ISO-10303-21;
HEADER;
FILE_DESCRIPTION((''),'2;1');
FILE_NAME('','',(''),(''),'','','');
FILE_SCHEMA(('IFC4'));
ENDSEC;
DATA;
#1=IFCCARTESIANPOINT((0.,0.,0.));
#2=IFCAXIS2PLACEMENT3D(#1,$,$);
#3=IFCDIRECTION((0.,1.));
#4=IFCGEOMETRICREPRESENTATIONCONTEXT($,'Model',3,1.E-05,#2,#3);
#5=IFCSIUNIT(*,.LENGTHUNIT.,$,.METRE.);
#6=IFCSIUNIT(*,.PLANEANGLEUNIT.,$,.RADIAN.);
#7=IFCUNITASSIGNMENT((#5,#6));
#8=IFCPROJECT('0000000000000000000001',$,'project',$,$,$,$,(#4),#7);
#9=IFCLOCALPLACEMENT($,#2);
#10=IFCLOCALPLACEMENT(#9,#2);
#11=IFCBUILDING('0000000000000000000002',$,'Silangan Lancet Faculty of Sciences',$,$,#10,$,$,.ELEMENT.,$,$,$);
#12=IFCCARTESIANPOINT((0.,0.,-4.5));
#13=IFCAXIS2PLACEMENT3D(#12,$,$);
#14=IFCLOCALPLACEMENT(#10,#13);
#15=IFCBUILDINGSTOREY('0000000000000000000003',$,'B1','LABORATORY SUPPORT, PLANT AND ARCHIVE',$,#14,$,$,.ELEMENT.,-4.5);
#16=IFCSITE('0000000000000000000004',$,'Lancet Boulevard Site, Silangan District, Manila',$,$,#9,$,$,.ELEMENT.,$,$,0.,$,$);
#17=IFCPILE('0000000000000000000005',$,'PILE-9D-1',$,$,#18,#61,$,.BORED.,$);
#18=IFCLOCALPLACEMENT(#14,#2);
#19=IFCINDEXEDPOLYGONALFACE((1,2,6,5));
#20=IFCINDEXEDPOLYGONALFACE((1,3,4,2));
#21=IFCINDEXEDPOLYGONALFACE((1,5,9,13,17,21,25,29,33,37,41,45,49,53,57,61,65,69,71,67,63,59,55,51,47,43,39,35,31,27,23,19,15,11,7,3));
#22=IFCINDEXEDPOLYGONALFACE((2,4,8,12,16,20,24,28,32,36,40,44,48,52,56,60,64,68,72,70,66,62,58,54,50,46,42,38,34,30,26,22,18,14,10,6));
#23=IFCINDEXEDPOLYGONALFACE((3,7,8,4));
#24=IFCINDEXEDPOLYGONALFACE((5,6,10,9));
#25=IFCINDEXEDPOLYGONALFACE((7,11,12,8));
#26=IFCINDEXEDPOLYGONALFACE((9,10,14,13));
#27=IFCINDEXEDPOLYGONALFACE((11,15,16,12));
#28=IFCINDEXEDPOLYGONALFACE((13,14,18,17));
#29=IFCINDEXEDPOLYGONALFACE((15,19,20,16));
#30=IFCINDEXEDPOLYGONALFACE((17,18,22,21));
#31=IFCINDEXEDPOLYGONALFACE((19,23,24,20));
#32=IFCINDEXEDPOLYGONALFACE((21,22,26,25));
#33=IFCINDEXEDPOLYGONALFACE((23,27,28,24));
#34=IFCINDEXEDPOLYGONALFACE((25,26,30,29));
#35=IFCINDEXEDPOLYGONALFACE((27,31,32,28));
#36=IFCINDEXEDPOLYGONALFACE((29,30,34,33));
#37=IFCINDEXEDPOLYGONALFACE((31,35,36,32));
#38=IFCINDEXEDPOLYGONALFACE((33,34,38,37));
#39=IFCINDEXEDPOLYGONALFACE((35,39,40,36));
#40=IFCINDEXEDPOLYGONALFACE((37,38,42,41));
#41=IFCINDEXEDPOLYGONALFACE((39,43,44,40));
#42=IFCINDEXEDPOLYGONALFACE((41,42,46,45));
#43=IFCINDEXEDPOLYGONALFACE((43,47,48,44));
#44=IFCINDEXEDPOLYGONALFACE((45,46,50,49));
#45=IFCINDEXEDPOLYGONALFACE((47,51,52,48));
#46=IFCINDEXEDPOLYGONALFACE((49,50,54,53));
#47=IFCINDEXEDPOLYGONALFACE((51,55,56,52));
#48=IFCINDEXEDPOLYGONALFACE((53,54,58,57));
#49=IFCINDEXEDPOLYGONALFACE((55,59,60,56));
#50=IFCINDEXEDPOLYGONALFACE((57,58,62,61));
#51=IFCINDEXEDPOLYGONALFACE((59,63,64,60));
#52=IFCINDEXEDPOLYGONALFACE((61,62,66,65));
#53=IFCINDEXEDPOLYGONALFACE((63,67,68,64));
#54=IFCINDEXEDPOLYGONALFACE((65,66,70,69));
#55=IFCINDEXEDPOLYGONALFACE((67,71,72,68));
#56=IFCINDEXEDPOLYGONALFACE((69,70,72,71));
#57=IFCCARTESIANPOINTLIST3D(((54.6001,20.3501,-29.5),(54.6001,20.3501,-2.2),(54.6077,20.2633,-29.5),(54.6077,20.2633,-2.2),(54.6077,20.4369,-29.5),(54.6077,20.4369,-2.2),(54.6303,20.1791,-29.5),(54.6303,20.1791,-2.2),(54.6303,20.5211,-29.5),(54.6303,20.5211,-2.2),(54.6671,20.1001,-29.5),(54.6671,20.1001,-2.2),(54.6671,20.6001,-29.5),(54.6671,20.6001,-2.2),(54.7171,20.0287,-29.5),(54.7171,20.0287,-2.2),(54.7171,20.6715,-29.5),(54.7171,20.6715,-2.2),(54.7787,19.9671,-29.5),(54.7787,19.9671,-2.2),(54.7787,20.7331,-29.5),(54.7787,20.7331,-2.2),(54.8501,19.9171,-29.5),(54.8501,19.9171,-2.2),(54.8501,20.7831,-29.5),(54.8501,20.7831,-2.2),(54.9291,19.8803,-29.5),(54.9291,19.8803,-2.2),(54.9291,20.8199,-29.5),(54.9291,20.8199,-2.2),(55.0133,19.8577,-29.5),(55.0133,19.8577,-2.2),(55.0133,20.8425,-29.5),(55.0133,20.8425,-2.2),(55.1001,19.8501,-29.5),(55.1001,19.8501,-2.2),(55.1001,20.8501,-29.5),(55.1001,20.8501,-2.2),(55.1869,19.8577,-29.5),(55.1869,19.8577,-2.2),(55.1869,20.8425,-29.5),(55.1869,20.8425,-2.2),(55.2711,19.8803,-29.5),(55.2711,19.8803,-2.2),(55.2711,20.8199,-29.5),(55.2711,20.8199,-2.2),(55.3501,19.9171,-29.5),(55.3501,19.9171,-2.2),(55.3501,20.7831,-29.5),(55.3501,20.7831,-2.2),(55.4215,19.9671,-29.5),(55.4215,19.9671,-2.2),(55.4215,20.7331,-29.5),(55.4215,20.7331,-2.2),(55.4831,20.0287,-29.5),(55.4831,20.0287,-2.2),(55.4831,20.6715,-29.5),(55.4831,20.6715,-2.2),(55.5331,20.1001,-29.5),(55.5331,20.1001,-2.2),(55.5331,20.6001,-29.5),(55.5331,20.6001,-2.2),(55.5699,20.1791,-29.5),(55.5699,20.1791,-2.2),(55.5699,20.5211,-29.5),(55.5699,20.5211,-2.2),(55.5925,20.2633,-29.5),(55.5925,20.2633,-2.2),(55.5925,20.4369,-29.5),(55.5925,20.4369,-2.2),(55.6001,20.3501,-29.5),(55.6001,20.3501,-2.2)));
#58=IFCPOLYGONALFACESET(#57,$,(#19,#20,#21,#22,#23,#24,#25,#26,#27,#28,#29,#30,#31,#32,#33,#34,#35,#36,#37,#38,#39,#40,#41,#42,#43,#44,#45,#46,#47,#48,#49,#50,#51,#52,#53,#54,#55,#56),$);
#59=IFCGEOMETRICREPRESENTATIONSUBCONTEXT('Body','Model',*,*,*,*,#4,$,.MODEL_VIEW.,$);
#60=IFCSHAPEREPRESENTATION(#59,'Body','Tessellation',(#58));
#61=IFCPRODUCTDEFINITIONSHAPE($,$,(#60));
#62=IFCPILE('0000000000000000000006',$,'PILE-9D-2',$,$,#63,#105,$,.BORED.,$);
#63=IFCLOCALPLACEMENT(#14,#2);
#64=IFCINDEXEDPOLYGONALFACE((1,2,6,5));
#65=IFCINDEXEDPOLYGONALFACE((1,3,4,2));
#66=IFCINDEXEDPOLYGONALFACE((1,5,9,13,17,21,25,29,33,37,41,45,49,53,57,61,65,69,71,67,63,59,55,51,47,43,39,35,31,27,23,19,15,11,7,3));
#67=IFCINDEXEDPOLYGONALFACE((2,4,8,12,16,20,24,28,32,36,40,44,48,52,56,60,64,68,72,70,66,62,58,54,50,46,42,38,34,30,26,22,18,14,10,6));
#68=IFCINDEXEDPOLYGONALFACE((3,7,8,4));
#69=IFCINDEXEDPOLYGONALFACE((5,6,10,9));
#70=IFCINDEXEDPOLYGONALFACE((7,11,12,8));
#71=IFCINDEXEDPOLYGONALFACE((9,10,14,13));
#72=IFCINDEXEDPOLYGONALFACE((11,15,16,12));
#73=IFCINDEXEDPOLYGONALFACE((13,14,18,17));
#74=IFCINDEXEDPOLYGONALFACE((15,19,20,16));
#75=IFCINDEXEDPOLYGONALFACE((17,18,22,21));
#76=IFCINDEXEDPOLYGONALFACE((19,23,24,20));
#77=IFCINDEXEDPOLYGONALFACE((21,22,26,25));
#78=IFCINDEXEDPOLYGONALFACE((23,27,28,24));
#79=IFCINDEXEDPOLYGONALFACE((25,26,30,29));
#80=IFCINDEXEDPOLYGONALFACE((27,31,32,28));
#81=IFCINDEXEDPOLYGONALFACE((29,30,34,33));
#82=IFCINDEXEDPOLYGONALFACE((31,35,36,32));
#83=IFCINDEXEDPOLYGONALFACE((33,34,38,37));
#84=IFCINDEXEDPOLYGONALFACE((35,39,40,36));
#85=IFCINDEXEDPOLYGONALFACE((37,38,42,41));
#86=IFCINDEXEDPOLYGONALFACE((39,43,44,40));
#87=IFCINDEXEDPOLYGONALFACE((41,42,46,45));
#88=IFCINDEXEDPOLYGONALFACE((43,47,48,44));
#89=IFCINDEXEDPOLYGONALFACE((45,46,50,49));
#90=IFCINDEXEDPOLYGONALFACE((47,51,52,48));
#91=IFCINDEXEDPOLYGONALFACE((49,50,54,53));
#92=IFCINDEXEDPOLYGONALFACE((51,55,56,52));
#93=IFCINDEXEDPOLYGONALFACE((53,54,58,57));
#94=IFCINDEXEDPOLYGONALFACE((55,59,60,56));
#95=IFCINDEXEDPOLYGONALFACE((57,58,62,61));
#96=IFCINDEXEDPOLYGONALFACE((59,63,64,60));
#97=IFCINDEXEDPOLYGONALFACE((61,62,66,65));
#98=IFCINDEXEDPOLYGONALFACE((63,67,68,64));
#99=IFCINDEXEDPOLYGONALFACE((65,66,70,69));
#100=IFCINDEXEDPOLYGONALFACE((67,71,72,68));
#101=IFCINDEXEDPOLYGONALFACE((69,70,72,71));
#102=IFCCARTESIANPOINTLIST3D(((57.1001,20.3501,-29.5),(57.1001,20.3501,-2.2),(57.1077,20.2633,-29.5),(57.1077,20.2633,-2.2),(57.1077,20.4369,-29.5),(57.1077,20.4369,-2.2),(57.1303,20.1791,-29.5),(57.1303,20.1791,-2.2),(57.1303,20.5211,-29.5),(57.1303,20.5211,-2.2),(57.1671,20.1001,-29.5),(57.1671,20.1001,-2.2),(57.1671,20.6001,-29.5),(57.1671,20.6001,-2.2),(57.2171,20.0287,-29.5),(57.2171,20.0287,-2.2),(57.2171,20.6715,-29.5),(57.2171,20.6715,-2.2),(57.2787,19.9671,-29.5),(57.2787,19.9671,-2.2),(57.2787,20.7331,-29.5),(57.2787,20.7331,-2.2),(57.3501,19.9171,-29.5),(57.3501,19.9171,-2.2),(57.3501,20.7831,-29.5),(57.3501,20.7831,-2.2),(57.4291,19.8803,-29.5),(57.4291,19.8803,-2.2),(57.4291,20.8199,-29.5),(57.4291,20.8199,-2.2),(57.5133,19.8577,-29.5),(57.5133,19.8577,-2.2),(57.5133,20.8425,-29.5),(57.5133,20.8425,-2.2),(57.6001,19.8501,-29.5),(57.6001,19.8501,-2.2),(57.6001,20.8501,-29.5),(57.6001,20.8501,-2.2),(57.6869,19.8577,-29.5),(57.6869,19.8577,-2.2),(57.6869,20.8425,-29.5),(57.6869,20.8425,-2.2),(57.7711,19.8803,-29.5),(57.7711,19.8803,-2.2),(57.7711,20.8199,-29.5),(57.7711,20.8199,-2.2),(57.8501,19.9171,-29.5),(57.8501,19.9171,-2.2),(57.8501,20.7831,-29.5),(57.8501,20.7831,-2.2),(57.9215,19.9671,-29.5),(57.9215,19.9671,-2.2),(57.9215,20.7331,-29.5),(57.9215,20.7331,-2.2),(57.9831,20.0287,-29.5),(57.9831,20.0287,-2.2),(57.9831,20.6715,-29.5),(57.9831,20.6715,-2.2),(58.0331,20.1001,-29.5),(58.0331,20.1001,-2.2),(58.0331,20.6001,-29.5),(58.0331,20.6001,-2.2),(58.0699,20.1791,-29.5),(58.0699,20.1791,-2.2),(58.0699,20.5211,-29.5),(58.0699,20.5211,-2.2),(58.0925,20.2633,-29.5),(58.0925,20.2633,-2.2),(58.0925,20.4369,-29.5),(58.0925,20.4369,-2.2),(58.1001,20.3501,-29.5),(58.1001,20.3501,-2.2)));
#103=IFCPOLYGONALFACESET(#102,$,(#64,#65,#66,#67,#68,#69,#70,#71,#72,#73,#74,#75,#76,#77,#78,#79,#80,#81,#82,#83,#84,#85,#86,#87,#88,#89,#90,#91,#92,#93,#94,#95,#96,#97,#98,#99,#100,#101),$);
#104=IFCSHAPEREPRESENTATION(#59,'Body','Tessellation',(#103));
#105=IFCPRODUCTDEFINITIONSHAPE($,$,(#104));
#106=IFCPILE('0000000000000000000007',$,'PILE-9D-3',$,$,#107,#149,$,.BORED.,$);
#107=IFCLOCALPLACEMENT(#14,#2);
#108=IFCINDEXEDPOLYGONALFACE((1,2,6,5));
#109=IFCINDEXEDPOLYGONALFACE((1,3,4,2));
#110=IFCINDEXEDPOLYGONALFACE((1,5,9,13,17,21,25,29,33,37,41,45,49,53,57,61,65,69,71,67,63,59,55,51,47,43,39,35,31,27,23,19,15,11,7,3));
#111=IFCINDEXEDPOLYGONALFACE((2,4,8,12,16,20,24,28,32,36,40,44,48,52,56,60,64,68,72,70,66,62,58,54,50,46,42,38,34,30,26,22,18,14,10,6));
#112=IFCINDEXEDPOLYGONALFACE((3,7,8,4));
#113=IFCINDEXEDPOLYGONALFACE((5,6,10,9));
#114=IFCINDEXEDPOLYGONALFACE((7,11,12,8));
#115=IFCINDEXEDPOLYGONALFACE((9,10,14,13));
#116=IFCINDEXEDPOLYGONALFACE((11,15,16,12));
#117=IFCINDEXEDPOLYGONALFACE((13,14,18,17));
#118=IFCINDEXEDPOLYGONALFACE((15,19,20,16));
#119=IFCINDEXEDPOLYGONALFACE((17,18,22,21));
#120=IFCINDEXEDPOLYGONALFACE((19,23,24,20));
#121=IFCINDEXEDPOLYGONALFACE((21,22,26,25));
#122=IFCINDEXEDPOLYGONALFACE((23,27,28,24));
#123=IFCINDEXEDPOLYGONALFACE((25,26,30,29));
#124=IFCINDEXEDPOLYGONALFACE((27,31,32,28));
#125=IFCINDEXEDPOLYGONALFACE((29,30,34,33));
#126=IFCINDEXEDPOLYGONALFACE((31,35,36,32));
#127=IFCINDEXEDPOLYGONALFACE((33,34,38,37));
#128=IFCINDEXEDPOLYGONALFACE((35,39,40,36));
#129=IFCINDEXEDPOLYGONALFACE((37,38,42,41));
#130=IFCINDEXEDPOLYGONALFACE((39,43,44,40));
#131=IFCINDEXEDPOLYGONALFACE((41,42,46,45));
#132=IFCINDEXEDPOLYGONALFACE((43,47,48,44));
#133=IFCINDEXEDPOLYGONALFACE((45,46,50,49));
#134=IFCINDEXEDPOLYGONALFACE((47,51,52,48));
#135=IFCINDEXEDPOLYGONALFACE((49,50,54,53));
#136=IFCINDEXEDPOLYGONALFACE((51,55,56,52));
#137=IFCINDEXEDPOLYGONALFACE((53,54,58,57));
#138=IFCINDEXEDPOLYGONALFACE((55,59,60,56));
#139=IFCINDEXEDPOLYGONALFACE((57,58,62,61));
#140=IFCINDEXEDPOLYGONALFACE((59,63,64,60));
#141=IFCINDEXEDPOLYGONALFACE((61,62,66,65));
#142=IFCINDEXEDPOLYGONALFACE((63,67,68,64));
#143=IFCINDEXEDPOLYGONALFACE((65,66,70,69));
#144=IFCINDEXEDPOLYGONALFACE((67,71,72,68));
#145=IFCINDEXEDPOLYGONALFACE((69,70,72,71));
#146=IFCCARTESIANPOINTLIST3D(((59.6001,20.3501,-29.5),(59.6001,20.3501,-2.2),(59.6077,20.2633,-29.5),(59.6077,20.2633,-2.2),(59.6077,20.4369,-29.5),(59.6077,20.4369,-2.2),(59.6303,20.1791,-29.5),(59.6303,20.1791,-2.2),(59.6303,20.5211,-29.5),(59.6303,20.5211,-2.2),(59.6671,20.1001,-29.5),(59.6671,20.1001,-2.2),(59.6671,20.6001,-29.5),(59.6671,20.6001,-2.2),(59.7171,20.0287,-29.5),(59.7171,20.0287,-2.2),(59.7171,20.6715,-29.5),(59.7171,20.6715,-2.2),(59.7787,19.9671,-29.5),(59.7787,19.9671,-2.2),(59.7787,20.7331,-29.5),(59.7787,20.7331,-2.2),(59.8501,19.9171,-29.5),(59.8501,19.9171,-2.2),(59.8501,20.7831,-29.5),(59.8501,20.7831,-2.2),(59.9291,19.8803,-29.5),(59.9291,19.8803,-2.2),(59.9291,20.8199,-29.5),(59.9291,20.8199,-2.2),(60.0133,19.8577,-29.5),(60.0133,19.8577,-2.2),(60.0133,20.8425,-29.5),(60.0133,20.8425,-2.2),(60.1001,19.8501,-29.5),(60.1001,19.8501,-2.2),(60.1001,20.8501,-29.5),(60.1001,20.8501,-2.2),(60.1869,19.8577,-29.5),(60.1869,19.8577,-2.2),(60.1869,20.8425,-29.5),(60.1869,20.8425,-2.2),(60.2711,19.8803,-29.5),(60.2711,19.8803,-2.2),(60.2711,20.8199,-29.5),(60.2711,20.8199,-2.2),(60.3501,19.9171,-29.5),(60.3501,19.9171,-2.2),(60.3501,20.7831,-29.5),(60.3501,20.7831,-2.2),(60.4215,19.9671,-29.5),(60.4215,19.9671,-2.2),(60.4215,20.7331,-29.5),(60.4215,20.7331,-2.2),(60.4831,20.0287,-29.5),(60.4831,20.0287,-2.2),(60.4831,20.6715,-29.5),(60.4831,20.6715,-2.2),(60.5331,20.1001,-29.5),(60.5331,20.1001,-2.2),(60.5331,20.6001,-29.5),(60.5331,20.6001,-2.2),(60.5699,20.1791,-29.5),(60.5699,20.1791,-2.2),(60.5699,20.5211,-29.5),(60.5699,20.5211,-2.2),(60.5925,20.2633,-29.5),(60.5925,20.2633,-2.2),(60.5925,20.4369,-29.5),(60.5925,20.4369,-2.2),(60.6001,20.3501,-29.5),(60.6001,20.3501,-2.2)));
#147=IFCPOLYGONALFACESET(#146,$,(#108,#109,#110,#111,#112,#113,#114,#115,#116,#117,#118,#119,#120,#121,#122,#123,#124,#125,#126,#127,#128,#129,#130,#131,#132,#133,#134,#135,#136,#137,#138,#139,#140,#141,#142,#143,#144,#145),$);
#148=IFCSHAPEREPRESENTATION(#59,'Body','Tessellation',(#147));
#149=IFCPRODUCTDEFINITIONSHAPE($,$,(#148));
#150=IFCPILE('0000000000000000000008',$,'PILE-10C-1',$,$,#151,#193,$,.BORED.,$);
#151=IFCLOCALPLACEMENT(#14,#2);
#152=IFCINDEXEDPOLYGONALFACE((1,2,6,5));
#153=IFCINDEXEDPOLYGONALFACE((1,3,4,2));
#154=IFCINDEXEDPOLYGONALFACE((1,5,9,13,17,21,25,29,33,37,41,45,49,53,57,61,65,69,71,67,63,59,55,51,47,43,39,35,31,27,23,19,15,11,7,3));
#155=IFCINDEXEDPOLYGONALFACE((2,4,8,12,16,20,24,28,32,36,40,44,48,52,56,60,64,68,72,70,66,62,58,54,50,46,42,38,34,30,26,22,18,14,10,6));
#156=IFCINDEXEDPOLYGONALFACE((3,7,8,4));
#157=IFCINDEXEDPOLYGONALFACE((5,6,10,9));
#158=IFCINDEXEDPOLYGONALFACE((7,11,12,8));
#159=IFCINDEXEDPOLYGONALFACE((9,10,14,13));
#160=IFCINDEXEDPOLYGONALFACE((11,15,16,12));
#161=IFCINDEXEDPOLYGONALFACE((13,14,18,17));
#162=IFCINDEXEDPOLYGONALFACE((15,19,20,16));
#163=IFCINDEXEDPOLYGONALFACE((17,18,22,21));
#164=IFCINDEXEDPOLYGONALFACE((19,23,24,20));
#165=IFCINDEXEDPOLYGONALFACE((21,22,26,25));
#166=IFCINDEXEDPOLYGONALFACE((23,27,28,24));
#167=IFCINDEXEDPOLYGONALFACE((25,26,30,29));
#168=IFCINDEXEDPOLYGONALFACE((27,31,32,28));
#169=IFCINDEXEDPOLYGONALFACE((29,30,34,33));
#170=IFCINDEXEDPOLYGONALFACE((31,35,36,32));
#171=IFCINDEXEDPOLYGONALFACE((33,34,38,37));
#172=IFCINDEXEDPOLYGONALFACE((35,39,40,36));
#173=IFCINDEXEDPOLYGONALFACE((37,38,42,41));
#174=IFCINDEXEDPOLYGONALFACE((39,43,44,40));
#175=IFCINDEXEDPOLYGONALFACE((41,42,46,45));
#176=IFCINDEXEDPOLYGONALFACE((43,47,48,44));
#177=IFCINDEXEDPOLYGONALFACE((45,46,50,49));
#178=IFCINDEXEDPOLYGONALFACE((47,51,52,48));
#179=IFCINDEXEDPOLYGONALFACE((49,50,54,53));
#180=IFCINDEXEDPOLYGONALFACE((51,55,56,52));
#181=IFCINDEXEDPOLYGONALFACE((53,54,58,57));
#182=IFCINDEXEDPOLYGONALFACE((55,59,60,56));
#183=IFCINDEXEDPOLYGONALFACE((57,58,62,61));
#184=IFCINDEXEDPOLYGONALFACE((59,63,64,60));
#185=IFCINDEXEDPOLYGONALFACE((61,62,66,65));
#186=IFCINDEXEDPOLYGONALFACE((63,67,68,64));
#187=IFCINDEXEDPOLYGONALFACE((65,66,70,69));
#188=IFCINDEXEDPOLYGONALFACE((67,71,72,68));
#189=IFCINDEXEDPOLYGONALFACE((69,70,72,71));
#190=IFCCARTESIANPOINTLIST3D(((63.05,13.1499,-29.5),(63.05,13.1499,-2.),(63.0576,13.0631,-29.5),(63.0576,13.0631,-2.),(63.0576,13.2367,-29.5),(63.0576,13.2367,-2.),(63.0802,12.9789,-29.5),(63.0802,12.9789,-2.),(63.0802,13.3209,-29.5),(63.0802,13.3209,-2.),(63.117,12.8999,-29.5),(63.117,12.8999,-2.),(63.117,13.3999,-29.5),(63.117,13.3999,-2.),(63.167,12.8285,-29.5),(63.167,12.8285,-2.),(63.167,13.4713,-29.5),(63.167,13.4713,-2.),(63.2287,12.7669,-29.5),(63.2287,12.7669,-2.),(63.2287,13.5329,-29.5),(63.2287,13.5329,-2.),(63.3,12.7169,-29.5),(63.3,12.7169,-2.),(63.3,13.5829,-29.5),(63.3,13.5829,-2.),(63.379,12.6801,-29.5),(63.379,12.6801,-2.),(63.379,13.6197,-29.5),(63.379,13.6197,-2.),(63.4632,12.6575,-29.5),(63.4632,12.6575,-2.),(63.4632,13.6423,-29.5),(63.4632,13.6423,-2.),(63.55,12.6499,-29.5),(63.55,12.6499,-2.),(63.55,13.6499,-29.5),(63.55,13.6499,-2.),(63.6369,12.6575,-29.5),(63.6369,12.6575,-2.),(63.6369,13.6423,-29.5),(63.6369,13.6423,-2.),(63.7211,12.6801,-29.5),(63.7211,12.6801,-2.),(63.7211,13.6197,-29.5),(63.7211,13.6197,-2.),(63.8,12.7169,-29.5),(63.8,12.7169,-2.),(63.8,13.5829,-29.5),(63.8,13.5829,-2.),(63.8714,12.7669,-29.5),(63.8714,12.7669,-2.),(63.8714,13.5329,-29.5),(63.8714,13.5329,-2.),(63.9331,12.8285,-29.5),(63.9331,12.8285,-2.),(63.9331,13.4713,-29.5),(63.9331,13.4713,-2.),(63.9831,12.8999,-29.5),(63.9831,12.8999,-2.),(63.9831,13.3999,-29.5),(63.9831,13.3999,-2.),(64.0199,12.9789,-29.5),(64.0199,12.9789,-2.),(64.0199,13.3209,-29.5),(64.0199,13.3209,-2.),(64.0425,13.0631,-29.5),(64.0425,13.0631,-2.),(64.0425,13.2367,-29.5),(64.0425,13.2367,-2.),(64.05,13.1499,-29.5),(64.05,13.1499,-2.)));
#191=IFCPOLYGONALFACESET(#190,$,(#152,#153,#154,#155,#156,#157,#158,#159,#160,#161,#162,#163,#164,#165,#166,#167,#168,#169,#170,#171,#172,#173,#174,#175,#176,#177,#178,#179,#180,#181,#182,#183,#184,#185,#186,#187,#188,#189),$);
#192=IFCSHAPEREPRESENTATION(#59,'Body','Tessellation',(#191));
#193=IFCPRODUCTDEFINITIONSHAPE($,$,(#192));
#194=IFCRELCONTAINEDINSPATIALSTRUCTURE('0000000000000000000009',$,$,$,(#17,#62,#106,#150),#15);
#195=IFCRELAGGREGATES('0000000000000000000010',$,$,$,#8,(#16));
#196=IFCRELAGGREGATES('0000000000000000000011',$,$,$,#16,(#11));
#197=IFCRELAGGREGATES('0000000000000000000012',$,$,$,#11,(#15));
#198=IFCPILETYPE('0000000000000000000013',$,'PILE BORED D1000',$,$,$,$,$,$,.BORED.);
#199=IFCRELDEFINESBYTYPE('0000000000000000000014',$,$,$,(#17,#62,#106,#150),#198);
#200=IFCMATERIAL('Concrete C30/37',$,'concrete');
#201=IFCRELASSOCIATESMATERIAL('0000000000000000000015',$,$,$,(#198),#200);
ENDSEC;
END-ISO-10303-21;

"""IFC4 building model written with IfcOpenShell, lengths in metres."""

from ifc_helpers import new_model, si_unit, direction, frame, origin, origin_2d, place, context, subcontext, project, spatial, circle, extrude, material, material_profile, profile_set, type_object, element, save


model = new_model("IFC4")

# Units and contexts
model_context = context("Model", 3, precision=1e-05, world=origin(), true_north=direction((0.0, 1.0)))
body_context = subcontext(model_context, "Body", "Model", "MODEL_VIEW")
ifc_project = project(units=[si_unit("LENGTHUNIT", "METRE"), si_unit("PLANEANGLEUNIT", "RADIAN")], contexts=[model_context])

# Site, building, storey
site_placement = place(None, origin())
site = spatial("IfcSite", under=ifc_project, at=site_placement, Name="Lancet Boulevard Site, Silangan District, Manila", CompositionType="ELEMENT", RefElevation=0.0)
building_placement = place(site_placement, origin())
building = spatial("IfcBuilding", under=site, at=building_placement, Name="Silangan Lancet Faculty of Sciences", CompositionType="ELEMENT")
storey_placement = place(building_placement, frame((0.0, 0.0, -4.5)))
storey = spatial("IfcBuildingStorey", under=building, at=storey_placement, Name="B1", Description="LABORATORY SUPPORT, PLANT AND ARCHIVE", CompositionType="ELEMENT", Elevation=-4.5)

# Piles
ifc_material_1 = material(Name="Concrete C30/37", Category="concrete")
ifc_material_profile_1 = material_profile(ifc_material_1, circle(Radius=0.5, at=origin_2d()), Name="BORED PILE D1000")
ifc_profile_set_1 = profile_set([ifc_material_profile_1], Name="Concrete C30/37")
pile_type = type_object("IfcPileType", Name="PILE BORED D1000", PredefinedType="BORED", material=ifc_profile_set_1)
for number, where, z_axis, x_axis, name in (
    (1, (55.1001, 20.3501, -2.2), (0.0, 0.0, -1.0), (1.0, 0.0, 0.0), "PILE-9D-1"),
    (2, (57.6001, 20.3501, -2.2), (0.0, 0.0, -1.0), (1.0, 0.0, 0.0), "PILE-9D-2"),
    (3, (60.1001, 20.3501, -2.2), (0.0, 0.0, -1.0), (1.0, 0.0, 0.0), "PILE-9D-3"),
):
    element("IfcPile", number, at=place(storey_placement, frame(where, z_axis=z_axis, x_axis=x_axis)), inside=storey, type_object=pile_type, Name=name, PredefinedType="BORED", context=body_context, shape_type="SweptSolid", body=[
        extrude(circle(Radius=0.5, at=origin_2d()), origin(), (0.0, 0.0, 1.0), 27.3),
    ])
for number, where, z_axis, x_axis, name in (
    (4, (63.55, 13.1499, -2.0), (0.0, 0.0, -1.0), (1.0, 0.0, 0.0), "PILE-10C-1"),
):
    element("IfcPile", number, at=place(storey_placement, frame(where, z_axis=z_axis, x_axis=x_axis)), inside=storey, type_object=pile_type, Name=name, PredefinedType="BORED", context=body_context, shape_type="SweptSolid", body=[
        extrude(circle(Radius=0.5, at=origin_2d()), origin(), (0.0, 0.0, 1.0), 27.5),
    ])

save(model, "model.ifc")
